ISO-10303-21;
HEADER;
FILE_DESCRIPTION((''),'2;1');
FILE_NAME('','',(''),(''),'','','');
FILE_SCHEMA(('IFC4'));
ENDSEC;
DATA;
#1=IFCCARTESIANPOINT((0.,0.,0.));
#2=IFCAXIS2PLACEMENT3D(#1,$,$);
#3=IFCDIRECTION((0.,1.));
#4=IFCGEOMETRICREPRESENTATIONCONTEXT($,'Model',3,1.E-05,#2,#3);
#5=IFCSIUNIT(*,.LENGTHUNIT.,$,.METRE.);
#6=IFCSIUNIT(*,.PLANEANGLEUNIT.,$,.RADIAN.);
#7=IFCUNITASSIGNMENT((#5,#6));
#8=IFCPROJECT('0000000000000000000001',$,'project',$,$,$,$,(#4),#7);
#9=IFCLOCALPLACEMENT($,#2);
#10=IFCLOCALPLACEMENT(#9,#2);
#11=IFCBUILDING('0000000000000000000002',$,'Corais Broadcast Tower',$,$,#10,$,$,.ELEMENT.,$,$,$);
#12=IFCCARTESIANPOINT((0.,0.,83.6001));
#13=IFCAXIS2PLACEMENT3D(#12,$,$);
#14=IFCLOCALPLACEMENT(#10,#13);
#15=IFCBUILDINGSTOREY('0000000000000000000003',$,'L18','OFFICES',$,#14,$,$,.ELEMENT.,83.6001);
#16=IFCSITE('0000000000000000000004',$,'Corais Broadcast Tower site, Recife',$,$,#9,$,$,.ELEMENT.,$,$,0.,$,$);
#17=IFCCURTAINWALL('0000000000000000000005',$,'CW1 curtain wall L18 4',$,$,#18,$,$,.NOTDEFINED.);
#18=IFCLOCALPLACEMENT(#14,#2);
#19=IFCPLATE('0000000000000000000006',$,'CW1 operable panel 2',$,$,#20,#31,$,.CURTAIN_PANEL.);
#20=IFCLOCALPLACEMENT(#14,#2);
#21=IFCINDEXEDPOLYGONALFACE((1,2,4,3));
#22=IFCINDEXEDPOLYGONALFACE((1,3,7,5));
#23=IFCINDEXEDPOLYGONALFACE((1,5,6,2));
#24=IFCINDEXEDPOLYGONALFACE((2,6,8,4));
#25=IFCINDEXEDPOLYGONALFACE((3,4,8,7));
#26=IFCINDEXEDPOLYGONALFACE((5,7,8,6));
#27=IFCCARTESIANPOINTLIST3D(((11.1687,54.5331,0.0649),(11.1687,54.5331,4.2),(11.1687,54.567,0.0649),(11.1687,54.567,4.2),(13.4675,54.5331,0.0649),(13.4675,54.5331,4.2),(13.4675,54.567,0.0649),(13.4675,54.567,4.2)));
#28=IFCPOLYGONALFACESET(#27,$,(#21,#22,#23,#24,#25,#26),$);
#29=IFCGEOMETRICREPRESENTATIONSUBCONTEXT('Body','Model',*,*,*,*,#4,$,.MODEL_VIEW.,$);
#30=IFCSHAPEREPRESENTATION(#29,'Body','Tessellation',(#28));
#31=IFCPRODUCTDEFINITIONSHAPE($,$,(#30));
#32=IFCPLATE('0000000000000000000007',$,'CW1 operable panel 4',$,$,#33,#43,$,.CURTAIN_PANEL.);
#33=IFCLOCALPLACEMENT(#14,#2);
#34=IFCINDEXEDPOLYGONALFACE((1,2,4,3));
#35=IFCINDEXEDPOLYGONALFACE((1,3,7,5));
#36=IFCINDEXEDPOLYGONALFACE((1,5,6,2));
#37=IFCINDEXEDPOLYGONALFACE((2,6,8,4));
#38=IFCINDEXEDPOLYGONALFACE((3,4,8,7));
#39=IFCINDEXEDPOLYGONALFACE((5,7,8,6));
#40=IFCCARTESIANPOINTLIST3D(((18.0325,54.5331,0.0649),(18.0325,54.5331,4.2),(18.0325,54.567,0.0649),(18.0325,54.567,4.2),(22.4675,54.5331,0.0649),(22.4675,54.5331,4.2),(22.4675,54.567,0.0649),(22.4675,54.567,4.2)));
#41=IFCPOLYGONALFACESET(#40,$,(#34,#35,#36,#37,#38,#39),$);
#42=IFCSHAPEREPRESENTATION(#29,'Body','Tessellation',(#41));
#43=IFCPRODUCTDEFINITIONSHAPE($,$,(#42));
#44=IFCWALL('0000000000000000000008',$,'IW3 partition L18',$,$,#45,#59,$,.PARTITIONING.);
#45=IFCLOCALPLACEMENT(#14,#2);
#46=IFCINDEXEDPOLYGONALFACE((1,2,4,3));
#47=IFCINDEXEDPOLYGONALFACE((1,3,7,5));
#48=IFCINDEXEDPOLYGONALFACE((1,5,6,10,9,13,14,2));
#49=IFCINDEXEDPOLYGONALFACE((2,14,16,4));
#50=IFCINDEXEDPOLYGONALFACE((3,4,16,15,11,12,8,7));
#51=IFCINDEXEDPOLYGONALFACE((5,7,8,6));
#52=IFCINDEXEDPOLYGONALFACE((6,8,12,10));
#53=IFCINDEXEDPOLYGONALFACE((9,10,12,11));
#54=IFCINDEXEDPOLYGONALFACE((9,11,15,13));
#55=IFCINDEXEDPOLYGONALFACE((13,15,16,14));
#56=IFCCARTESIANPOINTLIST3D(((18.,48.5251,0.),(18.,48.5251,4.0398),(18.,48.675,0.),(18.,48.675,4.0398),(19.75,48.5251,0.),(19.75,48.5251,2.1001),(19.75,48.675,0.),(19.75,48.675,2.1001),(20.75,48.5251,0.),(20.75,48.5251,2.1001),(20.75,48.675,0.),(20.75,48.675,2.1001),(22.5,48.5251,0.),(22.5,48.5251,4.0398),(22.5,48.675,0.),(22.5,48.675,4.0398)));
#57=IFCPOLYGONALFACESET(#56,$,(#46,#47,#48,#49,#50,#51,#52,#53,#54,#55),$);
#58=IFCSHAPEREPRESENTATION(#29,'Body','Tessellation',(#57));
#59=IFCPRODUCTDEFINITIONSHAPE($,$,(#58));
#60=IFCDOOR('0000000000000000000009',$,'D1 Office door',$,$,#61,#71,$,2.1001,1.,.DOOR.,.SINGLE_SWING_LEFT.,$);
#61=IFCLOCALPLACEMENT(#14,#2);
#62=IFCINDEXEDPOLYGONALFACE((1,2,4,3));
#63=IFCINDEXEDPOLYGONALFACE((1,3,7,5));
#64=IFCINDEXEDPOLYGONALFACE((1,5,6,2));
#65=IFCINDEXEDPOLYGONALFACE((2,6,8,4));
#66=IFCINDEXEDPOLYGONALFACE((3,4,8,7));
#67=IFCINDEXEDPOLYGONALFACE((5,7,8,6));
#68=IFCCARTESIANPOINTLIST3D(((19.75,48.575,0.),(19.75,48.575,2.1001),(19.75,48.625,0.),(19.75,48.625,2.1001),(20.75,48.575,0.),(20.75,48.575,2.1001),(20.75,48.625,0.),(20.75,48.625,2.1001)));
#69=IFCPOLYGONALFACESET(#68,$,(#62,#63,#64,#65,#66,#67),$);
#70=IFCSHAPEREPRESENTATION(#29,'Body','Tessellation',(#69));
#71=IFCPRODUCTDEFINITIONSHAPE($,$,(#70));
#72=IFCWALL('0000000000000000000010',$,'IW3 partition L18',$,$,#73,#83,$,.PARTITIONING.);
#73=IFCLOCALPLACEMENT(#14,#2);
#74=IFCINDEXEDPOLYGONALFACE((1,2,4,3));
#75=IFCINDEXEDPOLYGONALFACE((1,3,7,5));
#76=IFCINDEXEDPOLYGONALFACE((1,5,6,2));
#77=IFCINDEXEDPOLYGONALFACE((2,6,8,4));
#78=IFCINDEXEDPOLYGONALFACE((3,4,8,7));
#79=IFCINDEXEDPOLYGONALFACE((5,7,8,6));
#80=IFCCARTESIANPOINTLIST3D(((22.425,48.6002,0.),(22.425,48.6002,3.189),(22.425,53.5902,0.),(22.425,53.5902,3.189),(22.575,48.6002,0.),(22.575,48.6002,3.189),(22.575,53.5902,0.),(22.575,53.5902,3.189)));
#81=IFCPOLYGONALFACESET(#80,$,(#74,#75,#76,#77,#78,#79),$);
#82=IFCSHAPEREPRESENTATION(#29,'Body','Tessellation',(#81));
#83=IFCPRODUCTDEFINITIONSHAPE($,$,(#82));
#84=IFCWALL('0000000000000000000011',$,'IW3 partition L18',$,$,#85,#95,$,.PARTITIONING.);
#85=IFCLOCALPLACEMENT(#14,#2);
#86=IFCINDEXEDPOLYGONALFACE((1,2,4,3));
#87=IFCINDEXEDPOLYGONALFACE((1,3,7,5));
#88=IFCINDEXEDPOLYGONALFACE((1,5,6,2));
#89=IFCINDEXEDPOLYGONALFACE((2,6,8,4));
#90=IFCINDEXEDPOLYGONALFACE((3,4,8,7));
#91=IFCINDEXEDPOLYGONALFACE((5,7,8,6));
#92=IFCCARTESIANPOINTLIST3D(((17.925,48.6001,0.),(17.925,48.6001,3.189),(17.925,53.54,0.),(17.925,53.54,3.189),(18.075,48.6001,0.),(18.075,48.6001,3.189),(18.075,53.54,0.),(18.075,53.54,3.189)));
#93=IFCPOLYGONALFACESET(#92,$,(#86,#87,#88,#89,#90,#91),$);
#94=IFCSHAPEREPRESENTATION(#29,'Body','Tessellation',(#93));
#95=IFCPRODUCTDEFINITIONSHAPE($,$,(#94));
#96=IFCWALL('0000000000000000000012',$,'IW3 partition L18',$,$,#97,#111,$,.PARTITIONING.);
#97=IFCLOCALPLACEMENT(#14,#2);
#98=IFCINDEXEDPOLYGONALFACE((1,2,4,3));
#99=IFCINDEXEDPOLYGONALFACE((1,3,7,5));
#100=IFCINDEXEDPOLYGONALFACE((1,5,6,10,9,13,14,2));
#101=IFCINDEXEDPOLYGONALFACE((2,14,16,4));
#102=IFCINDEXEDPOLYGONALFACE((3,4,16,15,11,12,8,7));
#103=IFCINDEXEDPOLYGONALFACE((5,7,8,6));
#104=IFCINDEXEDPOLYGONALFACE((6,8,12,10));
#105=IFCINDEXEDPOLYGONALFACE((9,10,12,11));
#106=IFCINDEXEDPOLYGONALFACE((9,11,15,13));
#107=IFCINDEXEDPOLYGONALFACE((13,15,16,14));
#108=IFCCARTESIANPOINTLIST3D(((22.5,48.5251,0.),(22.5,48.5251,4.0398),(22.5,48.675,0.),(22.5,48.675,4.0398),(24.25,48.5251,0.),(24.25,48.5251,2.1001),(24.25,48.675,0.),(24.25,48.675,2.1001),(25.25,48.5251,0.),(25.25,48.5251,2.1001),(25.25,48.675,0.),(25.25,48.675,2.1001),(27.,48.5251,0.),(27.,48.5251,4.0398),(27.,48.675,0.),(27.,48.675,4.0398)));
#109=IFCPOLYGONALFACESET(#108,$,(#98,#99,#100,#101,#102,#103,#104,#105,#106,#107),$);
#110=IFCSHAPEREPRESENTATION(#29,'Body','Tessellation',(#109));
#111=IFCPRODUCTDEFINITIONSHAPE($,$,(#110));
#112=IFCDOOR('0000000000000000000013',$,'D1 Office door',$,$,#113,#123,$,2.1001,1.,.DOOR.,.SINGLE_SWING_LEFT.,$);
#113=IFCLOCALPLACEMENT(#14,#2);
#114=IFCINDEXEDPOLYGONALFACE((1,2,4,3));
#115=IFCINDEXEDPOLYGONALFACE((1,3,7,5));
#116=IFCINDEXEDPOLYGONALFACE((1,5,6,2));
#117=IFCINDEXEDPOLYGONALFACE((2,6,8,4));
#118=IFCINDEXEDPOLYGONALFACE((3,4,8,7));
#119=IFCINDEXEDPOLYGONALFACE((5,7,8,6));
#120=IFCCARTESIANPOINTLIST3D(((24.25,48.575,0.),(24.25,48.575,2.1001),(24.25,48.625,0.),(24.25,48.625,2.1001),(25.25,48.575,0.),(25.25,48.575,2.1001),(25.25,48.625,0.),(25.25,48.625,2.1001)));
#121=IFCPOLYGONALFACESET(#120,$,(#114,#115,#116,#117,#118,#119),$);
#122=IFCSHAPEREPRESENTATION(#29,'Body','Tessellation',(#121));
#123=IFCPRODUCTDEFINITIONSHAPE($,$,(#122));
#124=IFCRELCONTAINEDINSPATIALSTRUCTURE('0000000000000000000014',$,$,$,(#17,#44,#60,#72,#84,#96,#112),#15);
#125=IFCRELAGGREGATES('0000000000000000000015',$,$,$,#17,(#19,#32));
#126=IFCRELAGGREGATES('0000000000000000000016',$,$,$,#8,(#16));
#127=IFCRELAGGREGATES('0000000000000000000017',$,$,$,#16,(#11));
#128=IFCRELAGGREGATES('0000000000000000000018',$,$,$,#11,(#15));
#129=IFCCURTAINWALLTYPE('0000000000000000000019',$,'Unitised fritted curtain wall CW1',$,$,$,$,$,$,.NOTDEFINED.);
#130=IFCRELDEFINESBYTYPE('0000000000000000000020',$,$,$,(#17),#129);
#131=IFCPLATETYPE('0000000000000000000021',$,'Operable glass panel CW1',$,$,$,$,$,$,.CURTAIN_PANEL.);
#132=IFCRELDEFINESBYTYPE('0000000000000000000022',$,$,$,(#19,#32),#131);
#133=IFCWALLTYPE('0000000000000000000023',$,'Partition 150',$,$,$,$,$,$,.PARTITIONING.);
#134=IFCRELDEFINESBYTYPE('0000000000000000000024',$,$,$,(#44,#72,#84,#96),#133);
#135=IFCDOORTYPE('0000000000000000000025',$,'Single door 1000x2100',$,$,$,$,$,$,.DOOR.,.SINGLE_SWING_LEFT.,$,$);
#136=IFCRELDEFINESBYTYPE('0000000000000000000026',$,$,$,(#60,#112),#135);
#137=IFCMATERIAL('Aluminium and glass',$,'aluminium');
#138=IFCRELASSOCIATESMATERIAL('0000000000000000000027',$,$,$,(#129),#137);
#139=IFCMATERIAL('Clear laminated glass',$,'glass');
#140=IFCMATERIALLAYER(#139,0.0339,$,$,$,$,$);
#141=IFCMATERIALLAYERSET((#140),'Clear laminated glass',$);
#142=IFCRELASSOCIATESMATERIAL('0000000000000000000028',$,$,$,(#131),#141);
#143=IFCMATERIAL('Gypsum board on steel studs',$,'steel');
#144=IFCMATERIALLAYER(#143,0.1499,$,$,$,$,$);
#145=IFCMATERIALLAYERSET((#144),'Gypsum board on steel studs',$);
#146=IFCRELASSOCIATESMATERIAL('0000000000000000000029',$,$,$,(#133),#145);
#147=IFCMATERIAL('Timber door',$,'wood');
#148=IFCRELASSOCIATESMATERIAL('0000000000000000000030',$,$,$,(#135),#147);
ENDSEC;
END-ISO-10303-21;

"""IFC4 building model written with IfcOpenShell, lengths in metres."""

from ifc_helpers import new_model, si_unit, direction, frame, frame_2d, origin, origin_2d, place, context, subcontext, project, spatial, rectangle, extrude, material, layer, layer_set, type_object, element, fill, aggregate, save


model = new_model("IFC4")

# Units and contexts
model_context = context("Model", 3, precision=1e-05, world=origin(), true_north=direction((0.0, 1.0)))
body_context = subcontext(model_context, "Body", "Model", "MODEL_VIEW")
ifc_project = project(units=[si_unit("LENGTHUNIT", "METRE"), si_unit("PLANEANGLEUNIT", "RADIAN")], contexts=[model_context])

# Site, building, storey
site_placement = place(None, origin())
site = spatial("IfcSite", under=ifc_project, at=site_placement, Name="Corais Broadcast Tower site, Recife", CompositionType="ELEMENT", RefElevation=0.0)
building_placement = place(site_placement, origin())
building = spatial("IfcBuilding", under=site, at=building_placement, Name="Corais Broadcast Tower", CompositionType="ELEMENT")
storey_placement = place(building_placement, frame((0.0, 0.0, 83.6001)))
storey = spatial("IfcBuildingStorey", under=building, at=storey_placement, Name="L18", Description="OFFICES", CompositionType="ELEMENT", Elevation=83.6001)

# Curtain wall
ifc_material_1 = material(Name="Aluminium and glass", Category="aluminium")
curtain_wall_type = type_object("IfcCurtainWallType", Name="Unitised fritted curtain wall CW1", PredefinedType="NOTDEFINED", material=ifc_material_1)
curtain_wall_placement = place(storey_placement, origin())
curtain_wall = element("IfcCurtainWall", 1, at=curtain_wall_placement, inside=storey, type_object=curtain_wall_type, Name="CW1 curtain wall L18 4", PredefinedType="NOTDEFINED")

# Plates
ifc_material_2 = material(Name="Clear laminated glass", Category="glass")
ifc_layer_1 = layer(ifc_material_2, 0.0339)
ifc_layer_set_1 = layer_set([ifc_layer_1], Name="Clear laminated glass")
plate_type_1 = type_object("IfcPlateType", Name="Operable glass panel CW1", PredefinedType="CURTAIN_PANEL", material=ifc_layer_set_1)
plate_1_placement = place(storey_placement, frame((12.3181, 54.55, 0.0649), z_axis=(0.0, 0.0, 1.0), x_axis=(1.0, 0.0, 0.0)))
plate_1 = element("IfcPlate", 2, at=plate_1_placement, type_object=plate_type_1, Name="CW1 operable panel 2", PredefinedType="CURTAIN_PANEL", context=body_context, shape_type="SweptSolid", body=[
    extrude(rectangle(XDim=2.2988, YDim=0.0339, at=origin_2d()), origin(), (0.0, 0.0, 1.0), 4.135),
])
plate_2_placement = place(storey_placement, frame((20.25, 54.55, 0.0649), z_axis=(0.0, 0.0, 1.0), x_axis=(1.0, 0.0, 0.0)))
plate_2 = element("IfcPlate", 3, at=plate_2_placement, type_object=plate_type_1, Name="CW1 operable panel 4", PredefinedType="CURTAIN_PANEL", context=body_context, shape_type="SweptSolid", body=[
    extrude(rectangle(XDim=4.4351, YDim=0.0339, at=origin_2d()), origin(), (0.0, 0.0, 1.0), 4.135),
])
aggregate(curtain_wall, [plate_1, plate_2])

# Wall, opening, door
ifc_material_3 = material(Name="Gypsum board on steel studs", Category="steel")
ifc_layer_2 = layer(ifc_material_3, 0.1499)
ifc_layer_set_2 = layer_set([ifc_layer_2], Name="Gypsum board on steel studs")
wall_type = type_object("IfcWallType", Name="Partition 150", PredefinedType="PARTITIONING", material=ifc_layer_set_2)
wall_1_placement = place(storey_placement, frame((18.0, 48.6001, 0.0), z_axis=(0.0, 0.0, 1.0), x_axis=(1.0, 0.0, 0.0)))
wall_1 = element("IfcWall", 4, at=wall_1_placement, inside=storey, type_object=wall_type, Name="IW3 partition L18", PredefinedType="PARTITIONING", context=body_context, shape_type="SweptSolid", body=[
    extrude(rectangle(XDim=4.5, YDim=0.1499, at=frame_2d((2.25, 0.0))), origin(), (0.0, 0.0, 1.0), 4.0398),
])
opening_1_placement = place(wall_1_placement, frame((1.75, 0.0, 0.0)))
opening_1 = element("IfcOpeningElement", 5, at=opening_1_placement, cuts=wall_1, PredefinedType="OPENING", context=body_context, shape_type="SweptSolid", body=[
    extrude(rectangle(XDim=1.0, YDim=2.1001, at=frame_2d((0.5, 1.05))), frame((0.0, 0.085, 0.0), z_axis=(0.0, -1.0, 0.0), x_axis=(1.0, 0.0, 0.0)), (0.0, 0.0, 1.0), 0.1699),
])
ifc_material_4 = material(Name="Timber door", Category="wood")
door_type = type_object("IfcDoorType", Name="Single door 1000x2100", OperationType="SINGLE_SWING_LEFT", PredefinedType="DOOR", material=ifc_material_4)
door_1_placement = place(opening_1_placement, origin())
door_1 = element("IfcDoor", 6, at=door_1_placement, inside=storey, type_object=door_type, Name="D1 Office door", OperationType="SINGLE_SWING_LEFT", OverallHeight=2.1001, OverallWidth=1.0, PredefinedType="DOOR", context=body_context, shape_type="SweptSolid", body=[
    extrude(rectangle(XDim=1.0, YDim=2.1001, at=frame_2d((0.5, 1.05))), frame((0.0, 0.0249, 0.0), z_axis=(0.0, -1.0, 0.0), x_axis=(1.0, 0.0, 0.0)), (0.0, 0.0, 1.0), 0.05),
])
fill(opening_1, door_1)

# Walls
wall_2_placement = place(storey_placement, frame((22.5, 48.6001, 0.0), z_axis=(0.0, 0.0, 1.0), x_axis=(0.0, 1.0, 0.0)))
element("IfcWall", 7, at=wall_2_placement, inside=storey, type_object=wall_type, Name="IW3 partition L18", PredefinedType="PARTITIONING", context=body_context, shape_type="SweptSolid", body=[
    extrude(rectangle(XDim=4.99, YDim=0.1499, at=frame_2d((2.4951, 0.0))), origin(), (0.0, 0.0, 1.0), 3.189),
])
wall_3_placement = place(storey_placement, frame((18.0, 53.54, 0.0), z_axis=(0.0, 0.0, 1.0), x_axis=(0.0, -1.0, 0.0)))
element("IfcWall", 8, at=wall_3_placement, inside=storey, type_object=wall_type, Name="IW3 partition L18", PredefinedType="PARTITIONING", context=body_context, shape_type="SweptSolid", body=[
    extrude(rectangle(XDim=4.9399, YDim=0.1499, at=frame_2d((2.47, 0.0))), origin(), (0.0, 0.0, 1.0), 3.189),
])

# Wall, opening, door
wall_4_placement = place(storey_placement, frame((22.5, 48.6001, 0.0), z_axis=(0.0, 0.0, 1.0), x_axis=(1.0, 0.0, 0.0)))
wall_4 = element("IfcWall", 9, at=wall_4_placement, inside=storey, type_object=wall_type, Name="IW3 partition L18", PredefinedType="PARTITIONING", context=body_context, shape_type="SweptSolid", body=[
    extrude(rectangle(XDim=4.5, YDim=0.1499, at=frame_2d((2.25, 0.0))), origin(), (0.0, 0.0, 1.0), 4.0398),
])
opening_2_placement = place(wall_4_placement, frame((1.75, 0.0, 0.0)))
opening_2 = element("IfcOpeningElement", 10, at=opening_2_placement, cuts=wall_4, PredefinedType="OPENING", context=body_context, shape_type="SweptSolid", body=[
    extrude(rectangle(XDim=1.0, YDim=2.1001, at=frame_2d((0.5, 1.05))), frame((0.0, 0.085, 0.0), z_axis=(0.0, -1.0, 0.0), x_axis=(1.0, 0.0, 0.0)), (0.0, 0.0, 1.0), 0.1699),
])
door_2_placement = place(opening_2_placement, origin())
door_2 = element("IfcDoor", 11, at=door_2_placement, inside=storey, type_object=door_type, Name="D1 Office door", OperationType="SINGLE_SWING_LEFT", OverallHeight=2.1001, OverallWidth=1.0, PredefinedType="DOOR", context=body_context, shape_type="SweptSolid", body=[
    extrude(rectangle(XDim=1.0, YDim=2.1001, at=frame_2d((0.5, 1.05))), frame((0.0, 0.0249, 0.0), z_axis=(0.0, -1.0, 0.0), x_axis=(1.0, 0.0, 0.0)), (0.0, 0.0, 1.0), 0.05),
])
fill(opening_2, door_2)

save(model, "model.ifc")
